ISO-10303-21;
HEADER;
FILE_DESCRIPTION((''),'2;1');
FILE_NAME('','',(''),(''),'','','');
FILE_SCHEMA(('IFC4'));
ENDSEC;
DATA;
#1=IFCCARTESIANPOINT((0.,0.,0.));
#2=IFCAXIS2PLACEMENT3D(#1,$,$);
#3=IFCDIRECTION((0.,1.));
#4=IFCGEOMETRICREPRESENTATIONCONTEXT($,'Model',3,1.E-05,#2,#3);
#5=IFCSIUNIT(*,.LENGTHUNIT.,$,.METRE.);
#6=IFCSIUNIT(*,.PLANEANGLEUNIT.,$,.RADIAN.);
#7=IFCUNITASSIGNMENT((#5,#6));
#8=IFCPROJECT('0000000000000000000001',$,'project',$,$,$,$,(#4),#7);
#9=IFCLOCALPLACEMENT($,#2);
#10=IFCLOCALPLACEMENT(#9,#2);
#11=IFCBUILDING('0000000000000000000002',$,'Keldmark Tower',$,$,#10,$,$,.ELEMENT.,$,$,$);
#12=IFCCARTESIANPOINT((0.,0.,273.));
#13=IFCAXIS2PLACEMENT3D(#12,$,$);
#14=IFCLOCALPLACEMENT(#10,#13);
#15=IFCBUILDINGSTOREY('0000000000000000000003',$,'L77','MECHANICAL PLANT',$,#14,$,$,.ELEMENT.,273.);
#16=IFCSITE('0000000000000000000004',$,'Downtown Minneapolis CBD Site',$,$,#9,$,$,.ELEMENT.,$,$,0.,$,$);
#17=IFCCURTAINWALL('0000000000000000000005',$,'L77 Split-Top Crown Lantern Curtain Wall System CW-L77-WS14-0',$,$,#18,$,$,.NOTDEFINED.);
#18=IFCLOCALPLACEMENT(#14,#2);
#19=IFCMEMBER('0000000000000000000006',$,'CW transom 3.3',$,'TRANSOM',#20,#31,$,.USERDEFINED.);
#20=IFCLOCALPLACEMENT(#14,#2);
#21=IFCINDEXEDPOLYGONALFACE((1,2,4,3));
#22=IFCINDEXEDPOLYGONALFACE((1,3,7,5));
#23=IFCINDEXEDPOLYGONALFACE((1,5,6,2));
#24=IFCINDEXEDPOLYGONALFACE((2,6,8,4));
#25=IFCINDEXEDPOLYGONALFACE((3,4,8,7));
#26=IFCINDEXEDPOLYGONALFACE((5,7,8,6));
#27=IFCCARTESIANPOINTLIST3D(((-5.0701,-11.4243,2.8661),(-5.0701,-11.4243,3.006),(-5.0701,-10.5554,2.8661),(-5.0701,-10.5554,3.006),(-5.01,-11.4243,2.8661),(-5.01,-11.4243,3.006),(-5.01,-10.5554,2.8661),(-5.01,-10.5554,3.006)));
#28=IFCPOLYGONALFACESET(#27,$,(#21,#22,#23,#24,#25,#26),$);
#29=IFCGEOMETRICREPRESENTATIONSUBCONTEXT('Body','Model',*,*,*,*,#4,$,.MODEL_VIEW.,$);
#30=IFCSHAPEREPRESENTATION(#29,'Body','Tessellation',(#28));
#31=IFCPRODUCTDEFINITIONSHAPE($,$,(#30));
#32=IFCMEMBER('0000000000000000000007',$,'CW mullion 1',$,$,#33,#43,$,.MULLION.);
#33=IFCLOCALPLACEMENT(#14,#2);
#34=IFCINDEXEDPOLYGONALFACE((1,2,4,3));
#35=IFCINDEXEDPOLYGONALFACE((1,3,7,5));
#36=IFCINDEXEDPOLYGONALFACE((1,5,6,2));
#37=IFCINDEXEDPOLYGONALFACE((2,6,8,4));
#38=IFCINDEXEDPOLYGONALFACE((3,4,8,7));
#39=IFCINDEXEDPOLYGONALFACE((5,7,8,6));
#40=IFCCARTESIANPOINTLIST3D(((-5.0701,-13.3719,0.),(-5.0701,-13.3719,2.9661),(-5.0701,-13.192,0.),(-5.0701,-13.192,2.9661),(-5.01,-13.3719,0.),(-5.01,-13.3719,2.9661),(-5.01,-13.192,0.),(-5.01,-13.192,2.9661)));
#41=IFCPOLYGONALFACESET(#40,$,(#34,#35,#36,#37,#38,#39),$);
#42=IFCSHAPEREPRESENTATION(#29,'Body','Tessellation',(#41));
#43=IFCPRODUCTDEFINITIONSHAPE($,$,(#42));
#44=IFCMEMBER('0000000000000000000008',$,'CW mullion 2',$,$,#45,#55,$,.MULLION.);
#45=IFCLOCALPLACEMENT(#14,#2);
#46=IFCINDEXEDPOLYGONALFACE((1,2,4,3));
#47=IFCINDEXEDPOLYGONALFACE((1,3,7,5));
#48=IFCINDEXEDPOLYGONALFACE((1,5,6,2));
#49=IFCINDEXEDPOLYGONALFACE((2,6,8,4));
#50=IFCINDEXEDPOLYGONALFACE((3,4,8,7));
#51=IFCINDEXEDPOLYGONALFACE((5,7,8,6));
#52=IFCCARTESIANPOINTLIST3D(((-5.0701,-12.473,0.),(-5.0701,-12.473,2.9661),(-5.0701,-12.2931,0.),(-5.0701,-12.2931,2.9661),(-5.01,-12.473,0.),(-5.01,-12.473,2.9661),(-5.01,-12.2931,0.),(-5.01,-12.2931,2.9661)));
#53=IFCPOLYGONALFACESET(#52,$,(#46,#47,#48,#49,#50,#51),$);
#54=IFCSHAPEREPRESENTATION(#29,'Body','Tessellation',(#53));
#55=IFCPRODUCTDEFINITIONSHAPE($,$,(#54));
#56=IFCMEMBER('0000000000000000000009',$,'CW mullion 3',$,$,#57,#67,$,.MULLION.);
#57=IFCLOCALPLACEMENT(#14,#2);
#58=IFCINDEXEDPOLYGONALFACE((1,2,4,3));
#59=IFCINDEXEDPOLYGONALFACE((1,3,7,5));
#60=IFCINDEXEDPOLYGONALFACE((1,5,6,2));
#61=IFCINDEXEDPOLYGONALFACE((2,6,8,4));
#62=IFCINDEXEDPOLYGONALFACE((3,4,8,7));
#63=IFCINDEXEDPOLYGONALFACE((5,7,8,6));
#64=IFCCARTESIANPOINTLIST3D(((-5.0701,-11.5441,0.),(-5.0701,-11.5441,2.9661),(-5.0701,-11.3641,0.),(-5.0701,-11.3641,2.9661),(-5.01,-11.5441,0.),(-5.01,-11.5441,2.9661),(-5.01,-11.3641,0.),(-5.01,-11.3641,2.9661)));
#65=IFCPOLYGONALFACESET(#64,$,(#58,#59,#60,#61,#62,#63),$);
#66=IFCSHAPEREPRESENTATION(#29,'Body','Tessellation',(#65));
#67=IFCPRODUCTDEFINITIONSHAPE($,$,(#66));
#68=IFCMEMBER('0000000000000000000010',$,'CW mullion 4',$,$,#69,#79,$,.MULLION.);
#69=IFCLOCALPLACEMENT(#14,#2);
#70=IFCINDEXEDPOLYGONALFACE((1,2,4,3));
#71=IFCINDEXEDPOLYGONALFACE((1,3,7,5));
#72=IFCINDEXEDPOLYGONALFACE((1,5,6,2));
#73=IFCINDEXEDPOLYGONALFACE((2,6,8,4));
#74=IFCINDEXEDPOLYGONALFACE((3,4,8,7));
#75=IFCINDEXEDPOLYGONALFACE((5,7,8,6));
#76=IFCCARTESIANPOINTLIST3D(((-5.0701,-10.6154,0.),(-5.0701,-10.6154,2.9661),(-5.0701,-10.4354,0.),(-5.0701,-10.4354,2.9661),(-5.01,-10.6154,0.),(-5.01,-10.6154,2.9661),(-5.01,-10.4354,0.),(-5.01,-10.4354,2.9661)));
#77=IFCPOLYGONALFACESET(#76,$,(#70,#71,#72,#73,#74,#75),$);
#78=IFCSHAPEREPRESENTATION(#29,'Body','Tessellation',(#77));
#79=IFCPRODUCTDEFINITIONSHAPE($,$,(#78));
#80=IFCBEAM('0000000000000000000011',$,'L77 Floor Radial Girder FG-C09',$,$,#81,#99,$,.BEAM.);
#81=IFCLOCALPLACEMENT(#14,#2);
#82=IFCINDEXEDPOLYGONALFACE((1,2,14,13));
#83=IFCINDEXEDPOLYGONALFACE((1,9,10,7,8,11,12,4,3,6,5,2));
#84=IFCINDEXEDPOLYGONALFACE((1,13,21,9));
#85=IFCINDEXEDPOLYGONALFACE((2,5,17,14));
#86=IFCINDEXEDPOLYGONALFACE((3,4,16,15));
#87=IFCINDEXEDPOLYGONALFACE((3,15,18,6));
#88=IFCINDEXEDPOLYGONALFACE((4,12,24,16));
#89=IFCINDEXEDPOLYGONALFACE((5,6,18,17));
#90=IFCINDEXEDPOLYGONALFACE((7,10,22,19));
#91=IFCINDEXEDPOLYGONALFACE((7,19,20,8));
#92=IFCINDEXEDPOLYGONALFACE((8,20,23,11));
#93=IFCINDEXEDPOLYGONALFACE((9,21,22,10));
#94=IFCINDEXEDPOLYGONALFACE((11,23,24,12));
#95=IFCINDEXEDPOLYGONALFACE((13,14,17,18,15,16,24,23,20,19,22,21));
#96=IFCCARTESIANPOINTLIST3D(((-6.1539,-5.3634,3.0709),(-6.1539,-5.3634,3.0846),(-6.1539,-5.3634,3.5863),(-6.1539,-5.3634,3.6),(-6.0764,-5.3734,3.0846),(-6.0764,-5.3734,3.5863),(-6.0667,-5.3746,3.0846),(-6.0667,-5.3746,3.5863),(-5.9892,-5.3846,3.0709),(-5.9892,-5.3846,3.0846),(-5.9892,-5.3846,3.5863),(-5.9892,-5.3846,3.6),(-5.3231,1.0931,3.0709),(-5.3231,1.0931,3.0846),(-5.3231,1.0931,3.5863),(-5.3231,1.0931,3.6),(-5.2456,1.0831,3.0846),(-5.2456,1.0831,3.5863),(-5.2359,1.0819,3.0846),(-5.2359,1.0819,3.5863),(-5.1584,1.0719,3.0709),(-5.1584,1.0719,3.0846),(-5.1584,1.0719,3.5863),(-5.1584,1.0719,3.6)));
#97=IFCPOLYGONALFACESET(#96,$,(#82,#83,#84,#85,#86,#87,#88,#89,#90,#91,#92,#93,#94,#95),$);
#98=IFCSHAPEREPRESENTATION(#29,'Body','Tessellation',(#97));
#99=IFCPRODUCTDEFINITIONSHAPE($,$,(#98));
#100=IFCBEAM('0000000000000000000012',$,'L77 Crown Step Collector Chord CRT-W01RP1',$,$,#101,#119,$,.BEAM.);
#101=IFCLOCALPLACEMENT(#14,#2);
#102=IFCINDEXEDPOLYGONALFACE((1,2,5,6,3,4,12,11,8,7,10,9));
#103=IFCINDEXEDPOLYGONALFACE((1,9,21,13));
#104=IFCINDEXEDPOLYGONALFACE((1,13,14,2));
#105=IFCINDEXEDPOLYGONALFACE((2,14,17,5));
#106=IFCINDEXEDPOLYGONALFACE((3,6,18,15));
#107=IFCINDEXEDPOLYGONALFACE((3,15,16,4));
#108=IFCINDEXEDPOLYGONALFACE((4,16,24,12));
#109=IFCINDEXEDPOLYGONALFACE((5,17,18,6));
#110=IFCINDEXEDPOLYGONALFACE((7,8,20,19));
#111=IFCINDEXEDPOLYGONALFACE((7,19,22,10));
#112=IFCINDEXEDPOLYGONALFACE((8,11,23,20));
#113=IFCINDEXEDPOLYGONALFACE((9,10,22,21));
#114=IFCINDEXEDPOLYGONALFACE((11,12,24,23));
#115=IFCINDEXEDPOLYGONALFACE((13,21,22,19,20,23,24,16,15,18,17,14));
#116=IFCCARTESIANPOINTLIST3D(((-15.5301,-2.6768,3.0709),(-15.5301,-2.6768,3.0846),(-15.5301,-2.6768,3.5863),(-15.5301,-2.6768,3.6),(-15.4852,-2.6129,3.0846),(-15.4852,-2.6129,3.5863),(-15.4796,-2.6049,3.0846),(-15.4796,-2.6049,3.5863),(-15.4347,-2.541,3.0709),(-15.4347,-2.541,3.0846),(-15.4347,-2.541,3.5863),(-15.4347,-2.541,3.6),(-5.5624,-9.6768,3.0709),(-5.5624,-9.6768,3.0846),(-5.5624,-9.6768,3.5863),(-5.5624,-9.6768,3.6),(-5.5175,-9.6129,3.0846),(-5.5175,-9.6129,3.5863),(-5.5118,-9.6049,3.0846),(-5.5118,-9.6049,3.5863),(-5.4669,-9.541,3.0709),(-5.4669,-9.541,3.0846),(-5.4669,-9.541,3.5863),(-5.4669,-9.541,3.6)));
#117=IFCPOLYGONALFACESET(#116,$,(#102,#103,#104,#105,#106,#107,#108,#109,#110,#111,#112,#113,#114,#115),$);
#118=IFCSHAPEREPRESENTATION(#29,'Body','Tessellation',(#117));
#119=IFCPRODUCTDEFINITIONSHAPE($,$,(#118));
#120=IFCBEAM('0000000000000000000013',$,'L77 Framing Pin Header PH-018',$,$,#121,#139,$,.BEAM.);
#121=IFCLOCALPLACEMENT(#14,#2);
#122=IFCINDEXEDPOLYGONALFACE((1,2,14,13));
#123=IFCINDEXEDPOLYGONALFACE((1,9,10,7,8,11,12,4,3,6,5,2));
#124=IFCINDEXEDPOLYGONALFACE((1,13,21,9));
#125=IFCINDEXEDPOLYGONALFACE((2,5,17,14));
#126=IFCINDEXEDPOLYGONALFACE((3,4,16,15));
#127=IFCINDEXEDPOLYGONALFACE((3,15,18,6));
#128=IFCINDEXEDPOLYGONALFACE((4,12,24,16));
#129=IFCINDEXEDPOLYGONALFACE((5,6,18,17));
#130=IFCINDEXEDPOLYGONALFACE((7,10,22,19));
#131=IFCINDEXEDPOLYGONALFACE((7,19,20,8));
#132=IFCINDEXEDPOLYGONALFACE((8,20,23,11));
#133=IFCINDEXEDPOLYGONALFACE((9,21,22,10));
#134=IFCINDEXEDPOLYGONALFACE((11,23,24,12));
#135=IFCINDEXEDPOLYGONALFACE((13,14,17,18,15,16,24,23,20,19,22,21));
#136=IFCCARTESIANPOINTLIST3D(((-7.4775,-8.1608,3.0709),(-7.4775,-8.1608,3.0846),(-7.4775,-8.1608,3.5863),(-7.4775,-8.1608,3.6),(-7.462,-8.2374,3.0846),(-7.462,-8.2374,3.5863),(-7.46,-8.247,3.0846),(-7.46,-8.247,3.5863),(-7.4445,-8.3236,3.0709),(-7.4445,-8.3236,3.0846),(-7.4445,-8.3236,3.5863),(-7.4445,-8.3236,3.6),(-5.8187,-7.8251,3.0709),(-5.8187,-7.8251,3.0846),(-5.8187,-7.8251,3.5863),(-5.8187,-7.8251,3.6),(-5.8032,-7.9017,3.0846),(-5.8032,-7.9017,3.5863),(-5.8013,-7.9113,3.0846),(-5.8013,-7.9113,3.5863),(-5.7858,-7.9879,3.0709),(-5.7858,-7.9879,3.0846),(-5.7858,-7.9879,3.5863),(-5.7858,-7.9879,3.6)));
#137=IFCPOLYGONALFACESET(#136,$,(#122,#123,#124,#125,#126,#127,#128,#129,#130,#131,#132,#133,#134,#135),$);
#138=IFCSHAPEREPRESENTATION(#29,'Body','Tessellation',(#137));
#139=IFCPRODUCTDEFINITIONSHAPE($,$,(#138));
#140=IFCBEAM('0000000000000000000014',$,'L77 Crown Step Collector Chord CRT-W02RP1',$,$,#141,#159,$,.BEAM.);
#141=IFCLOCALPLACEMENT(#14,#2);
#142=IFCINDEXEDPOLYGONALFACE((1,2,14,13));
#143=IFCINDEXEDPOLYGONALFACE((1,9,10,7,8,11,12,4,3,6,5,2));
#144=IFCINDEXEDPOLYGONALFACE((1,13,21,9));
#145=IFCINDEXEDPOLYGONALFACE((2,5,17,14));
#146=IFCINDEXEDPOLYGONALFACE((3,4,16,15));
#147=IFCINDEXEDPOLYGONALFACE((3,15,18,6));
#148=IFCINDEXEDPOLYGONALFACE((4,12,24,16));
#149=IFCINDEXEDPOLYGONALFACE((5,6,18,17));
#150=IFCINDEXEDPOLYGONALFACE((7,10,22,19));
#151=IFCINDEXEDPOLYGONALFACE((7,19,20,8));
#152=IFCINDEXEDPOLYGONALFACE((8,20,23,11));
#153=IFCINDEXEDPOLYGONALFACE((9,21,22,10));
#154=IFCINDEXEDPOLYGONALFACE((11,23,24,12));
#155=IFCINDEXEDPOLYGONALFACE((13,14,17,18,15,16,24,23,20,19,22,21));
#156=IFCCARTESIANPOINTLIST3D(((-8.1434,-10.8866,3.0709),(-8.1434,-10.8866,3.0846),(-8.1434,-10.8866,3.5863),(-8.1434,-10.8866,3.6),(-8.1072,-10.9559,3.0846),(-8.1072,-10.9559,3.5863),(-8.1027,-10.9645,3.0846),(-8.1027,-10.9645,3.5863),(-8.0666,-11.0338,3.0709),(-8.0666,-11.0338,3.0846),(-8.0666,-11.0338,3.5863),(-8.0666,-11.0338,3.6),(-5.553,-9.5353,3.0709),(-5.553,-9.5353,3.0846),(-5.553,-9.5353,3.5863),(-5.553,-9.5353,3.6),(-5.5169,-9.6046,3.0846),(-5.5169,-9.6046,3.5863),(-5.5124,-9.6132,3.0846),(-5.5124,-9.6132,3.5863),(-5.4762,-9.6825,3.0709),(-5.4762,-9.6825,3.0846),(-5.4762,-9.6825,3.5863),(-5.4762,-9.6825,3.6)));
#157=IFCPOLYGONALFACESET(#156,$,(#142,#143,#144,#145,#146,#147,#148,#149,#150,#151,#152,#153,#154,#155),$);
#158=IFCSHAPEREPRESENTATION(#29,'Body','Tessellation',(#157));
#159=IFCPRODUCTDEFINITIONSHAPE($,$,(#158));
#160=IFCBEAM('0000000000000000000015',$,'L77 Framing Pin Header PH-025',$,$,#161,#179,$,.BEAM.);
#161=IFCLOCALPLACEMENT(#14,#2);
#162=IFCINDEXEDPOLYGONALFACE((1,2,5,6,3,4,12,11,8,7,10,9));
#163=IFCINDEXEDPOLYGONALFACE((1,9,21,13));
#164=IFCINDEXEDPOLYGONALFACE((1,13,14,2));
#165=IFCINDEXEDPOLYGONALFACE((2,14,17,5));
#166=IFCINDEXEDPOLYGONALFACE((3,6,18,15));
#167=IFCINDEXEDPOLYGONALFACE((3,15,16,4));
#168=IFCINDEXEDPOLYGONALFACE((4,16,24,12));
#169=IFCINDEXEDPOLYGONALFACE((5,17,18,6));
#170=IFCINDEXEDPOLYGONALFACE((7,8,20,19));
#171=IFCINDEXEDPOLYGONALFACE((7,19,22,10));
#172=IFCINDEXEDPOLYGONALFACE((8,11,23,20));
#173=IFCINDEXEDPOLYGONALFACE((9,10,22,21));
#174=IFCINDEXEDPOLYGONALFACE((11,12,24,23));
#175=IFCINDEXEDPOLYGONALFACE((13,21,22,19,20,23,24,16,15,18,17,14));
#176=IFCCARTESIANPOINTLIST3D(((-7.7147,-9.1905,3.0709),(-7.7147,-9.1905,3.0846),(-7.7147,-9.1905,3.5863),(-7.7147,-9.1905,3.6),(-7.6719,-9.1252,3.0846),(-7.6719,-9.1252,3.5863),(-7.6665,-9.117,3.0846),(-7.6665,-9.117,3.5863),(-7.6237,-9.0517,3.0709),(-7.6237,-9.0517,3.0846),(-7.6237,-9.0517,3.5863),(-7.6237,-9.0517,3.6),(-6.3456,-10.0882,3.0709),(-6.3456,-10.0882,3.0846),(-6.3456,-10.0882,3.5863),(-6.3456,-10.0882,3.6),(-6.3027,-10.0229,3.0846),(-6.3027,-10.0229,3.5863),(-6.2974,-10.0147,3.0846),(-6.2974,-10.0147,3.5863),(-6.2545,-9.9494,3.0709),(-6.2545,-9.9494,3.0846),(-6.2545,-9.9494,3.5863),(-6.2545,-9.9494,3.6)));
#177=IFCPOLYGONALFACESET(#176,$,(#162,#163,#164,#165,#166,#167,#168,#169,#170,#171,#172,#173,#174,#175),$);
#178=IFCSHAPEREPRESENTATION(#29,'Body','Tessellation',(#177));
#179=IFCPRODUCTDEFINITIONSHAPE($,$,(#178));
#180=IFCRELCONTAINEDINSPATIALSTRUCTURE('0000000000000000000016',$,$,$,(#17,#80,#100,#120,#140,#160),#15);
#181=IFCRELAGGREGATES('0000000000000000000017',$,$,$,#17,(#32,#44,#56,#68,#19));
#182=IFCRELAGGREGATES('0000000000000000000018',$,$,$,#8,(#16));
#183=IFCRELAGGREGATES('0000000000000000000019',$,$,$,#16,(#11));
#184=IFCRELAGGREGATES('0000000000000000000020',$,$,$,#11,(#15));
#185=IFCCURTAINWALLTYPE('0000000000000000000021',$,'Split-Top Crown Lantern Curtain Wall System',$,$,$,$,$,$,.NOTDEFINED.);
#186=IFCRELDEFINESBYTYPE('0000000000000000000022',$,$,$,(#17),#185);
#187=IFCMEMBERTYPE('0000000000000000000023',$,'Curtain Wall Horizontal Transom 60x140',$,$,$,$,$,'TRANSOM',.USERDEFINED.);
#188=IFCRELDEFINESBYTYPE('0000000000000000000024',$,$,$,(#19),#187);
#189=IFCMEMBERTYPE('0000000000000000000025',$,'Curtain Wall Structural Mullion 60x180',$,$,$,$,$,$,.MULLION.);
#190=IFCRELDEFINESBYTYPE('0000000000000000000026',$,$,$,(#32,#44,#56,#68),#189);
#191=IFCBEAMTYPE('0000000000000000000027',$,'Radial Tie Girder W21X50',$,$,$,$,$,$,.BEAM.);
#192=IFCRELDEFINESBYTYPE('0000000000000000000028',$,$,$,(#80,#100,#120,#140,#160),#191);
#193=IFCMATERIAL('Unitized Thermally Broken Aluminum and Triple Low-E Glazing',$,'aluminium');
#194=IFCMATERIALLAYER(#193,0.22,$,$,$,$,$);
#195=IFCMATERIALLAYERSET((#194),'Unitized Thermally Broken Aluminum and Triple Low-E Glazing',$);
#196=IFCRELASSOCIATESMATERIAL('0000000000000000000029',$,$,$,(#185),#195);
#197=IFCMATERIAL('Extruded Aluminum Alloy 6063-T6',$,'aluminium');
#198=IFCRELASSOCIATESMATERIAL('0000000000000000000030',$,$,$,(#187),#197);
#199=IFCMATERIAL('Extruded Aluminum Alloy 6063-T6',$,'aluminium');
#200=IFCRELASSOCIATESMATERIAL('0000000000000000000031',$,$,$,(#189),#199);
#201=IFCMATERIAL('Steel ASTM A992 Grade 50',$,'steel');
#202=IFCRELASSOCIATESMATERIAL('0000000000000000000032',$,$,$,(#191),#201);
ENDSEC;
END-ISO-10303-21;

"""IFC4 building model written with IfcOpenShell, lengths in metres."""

from ifc_helpers import new_model, si_unit, direction, frame, origin, origin_2d, place, context, subcontext, project, spatial, rectangle, i_section, extrude, material, layer, layer_set, material_profile, profile_set, type_object, element, aggregate, save


model = new_model("IFC4")

# Units and contexts
model_context = context("Model", 3, precision=1e-05, world=origin(), true_north=direction((0.0, 1.0)))
body_context = subcontext(model_context, "Body", "Model", "MODEL_VIEW")
ifc_project = project(units=[si_unit("LENGTHUNIT", "METRE"), si_unit("PLANEANGLEUNIT", "RADIAN")], contexts=[model_context])

# Site, building, storey
site_placement = place(None, origin())
site = spatial("IfcSite", under=ifc_project, at=site_placement, Name="Downtown Minneapolis CBD Site", CompositionType="ELEMENT", RefElevation=0.0)
building_placement = place(site_placement, origin())
building = spatial("IfcBuilding", under=site, at=building_placement, Name="Keldmark Tower", CompositionType="ELEMENT")
storey_placement = place(building_placement, frame((0.0, 0.0, 273.0)))
storey = spatial("IfcBuildingStorey", under=building, at=storey_placement, Name="L77", Description="MECHANICAL PLANT", CompositionType="ELEMENT", Elevation=273.0)

# Curtain wall, members
ifc_material_1 = material(Name="Unitized Thermally Broken Aluminum and Triple Low-E Glazing", Category="aluminium")
ifc_layer_1 = layer(ifc_material_1, 0.22)
ifc_layer_set_1 = layer_set([ifc_layer_1], Name="Unitized Thermally Broken Aluminum and Triple Low-E Glazing")
curtain_wall_type = type_object("IfcCurtainWallType", Name="Split-Top Crown Lantern Curtain Wall System", PredefinedType="NOTDEFINED", material=ifc_layer_set_1)
curtain_wall_placement = place(storey_placement, origin())
curtain_wall = element("IfcCurtainWall", 1, at=curtain_wall_placement, inside=storey, type_object=curtain_wall_type, Name="L77 Split-Top Crown Lantern Curtain Wall System CW-L77-WS14-0", PredefinedType="NOTDEFINED")
ifc_material_2 = material(Name="Extruded Aluminum Alloy 6063-T6", Category="aluminium")
ifc_material_profile_1 = material_profile(ifc_material_2, rectangle(XDim=0.0601, YDim=0.1399, at=origin_2d()), Name="CWT60X140")
ifc_profile_set_1 = profile_set([ifc_material_profile_1], Name="Extruded Aluminum Alloy 6063-T6")
member_type_1 = type_object("IfcMemberType", Name="Curtain Wall Horizontal Transom 60x140", ElementType="TRANSOM", PredefinedType="USERDEFINED", material=ifc_profile_set_1)
member_1_placement = place(storey_placement, frame((-5.04, -11.4243, 2.936), z_axis=(0.0, 1.0, 0.0), x_axis=(-1.0, 0.0, 0.0)))
member_1 = element("IfcMember", 2, at=member_1_placement, type_object=member_type_1, Name="CW transom 3.3", ObjectType="TRANSOM", PredefinedType="USERDEFINED", context=body_context, shape_type="SweptSolid", body=[
    extrude(rectangle(XDim=0.0601, YDim=0.1399, at=origin_2d()), origin(), (0.0, 0.0, 1.0), 0.8689),
])
ifc_material_3 = material(Name="Extruded Aluminum Alloy 6063-T6", Category="aluminium")
ifc_material_profile_2 = material_profile(ifc_material_3, rectangle(XDim=0.0601, YDim=0.1799, at=origin_2d()), Name="CWM60X180")
ifc_profile_set_2 = profile_set([ifc_material_profile_2], Name="Extruded Aluminum Alloy 6063-T6")
member_type_2 = type_object("IfcMemberType", Name="Curtain Wall Structural Mullion 60x180", PredefinedType="MULLION", material=ifc_profile_set_2)
member_2_placement = place(storey_placement, frame((-5.04, -13.282, 0.0), z_axis=(0.0, 0.0, 1.0), x_axis=(-1.0, 0.0, 0.0)))
member_2 = element("IfcMember", 3, at=member_2_placement, type_object=member_type_2, Name="CW mullion 1", PredefinedType="MULLION", context=body_context, shape_type="SweptSolid", body=[
    extrude(rectangle(XDim=0.0601, YDim=0.1799, at=origin_2d()), origin(), (0.0, 0.0, 1.0), 2.9661),
])
member_3_placement = place(storey_placement, frame((-5.04, -12.3831, 0.0), z_axis=(0.0, 0.0, 1.0), x_axis=(-1.0, 0.0, 0.0)))
member_3 = element("IfcMember", 4, at=member_3_placement, type_object=member_type_2, Name="CW mullion 2", PredefinedType="MULLION", context=body_context, shape_type="SweptSolid", body=[
    extrude(rectangle(XDim=0.0601, YDim=0.1799, at=origin_2d()), origin(), (0.0, 0.0, 1.0), 2.9661),
])
member_4_placement = place(storey_placement, frame((-5.04, -11.4541, 0.0), z_axis=(0.0, 0.0, 1.0), x_axis=(-1.0, 0.0, 0.0)))
member_4 = element("IfcMember", 5, at=member_4_placement, type_object=member_type_2, Name="CW mullion 3", PredefinedType="MULLION", context=body_context, shape_type="SweptSolid", body=[
    extrude(rectangle(XDim=0.0601, YDim=0.1799, at=origin_2d()), origin(), (0.0, 0.0, 1.0), 2.9661),
])
member_5_placement = place(storey_placement, frame((-5.04, -10.5254, 0.0), z_axis=(0.0, 0.0, 1.0), x_axis=(-1.0, 0.0, 0.0)))
member_5 = element("IfcMember", 6, at=member_5_placement, type_object=member_type_2, Name="CW mullion 4", PredefinedType="MULLION", context=body_context, shape_type="SweptSolid", body=[
    extrude(rectangle(XDim=0.0601, YDim=0.1799, at=origin_2d()), origin(), (0.0, 0.0, 1.0), 2.9661),
])

# Beams
ifc_material_4 = material(Name="Steel ASTM A992 Grade 50", Category="steel")
ifc_material_profile_3 = material_profile(ifc_material_4, i_section(OverallWidth=0.166, OverallDepth=0.5291, WebThickness=0.0098, FlangeThickness=0.0137, at=origin_2d()), Name="W21X50")
ifc_profile_set_3 = profile_set([ifc_material_profile_3], Name="Steel ASTM A992 Grade 50")
beam_type_1 = type_object("IfcBeamType", Name="Radial Tie Girder W21X50", PredefinedType="BEAM", material=ifc_profile_set_3)
beam_1_placement = place(storey_placement, frame((-6.0715, -5.374, 3.3354), z_axis=(0.127625, 0.991822, 0.0), x_axis=(-0.991822, 0.127625, 0.0)))
element("IfcBeam", 7, at=beam_1_placement, inside=storey, type_object=beam_type_1, Name="L77 Floor Radial Girder FG-C09", PredefinedType="BEAM", context=body_context, shape_type="SweptSolid", body=[
    extrude(i_section(OverallWidth=0.166, OverallDepth=0.5291, WebThickness=0.0098, FlangeThickness=0.0137, at=origin_2d()), origin(), (0.0, 0.0, 1.0), 6.5098),
])
beam_2_placement = place(storey_placement, frame((-5.5146, -9.6089, 3.3354), z_axis=(-0.818361, 0.574705, 0.0), x_axis=(-0.574705, -0.818361, 0.0)))
element("IfcBeam", 8, at=beam_2_placement, inside=storey, type_object=beam_type_1, Name="L77 Crown Step Collector Chord CRT-W01RP1", PredefinedType="BEAM", context=body_context, shape_type="SweptSolid", body=[
    extrude(i_section(OverallWidth=0.166, OverallDepth=0.5291, WebThickness=0.0098, FlangeThickness=0.0137, at=origin_2d()), origin(), (0.0, 0.0, 1.0), 12.1802),
])
beam_3_placement = place(storey_placement, frame((-5.8022, -7.9065, 3.3354), z_axis=(-0.980129, -0.198363, 0.0), x_axis=(0.198363, -0.980129, 0.0)))
element("IfcBeam", 9, at=beam_3_placement, inside=storey, type_object=beam_type_1, Name="L77 Framing Pin Header PH-018", PredefinedType="BEAM", context=body_context, shape_type="SweptSolid", body=[
    extrude(i_section(OverallWidth=0.166, OverallDepth=0.5291, WebThickness=0.0098, FlangeThickness=0.0137, at=origin_2d()), origin(), (0.0, 0.0, 1.0), 1.6924),
])
beam_4_placement = place(storey_placement, frame((-8.105, -10.9602, 3.3354), z_axis=(0.886607, 0.462523, 0.0), x_axis=(-0.462523, 0.886607, 0.0)))
element("IfcBeam", 10, at=beam_4_placement, inside=storey, type_object=beam_type_1, Name="L77 Crown Step Collector Chord CRT-W02RP1", PredefinedType="BEAM", context=body_context, shape_type="SweptSolid", body=[
    extrude(i_section(OverallWidth=0.166, OverallDepth=0.5291, WebThickness=0.0098, FlangeThickness=0.0137, at=origin_2d()), origin(), (0.0, 0.0, 1.0), 2.9216),
])
beam_5_placement = place(storey_placement, frame((-7.6692, -9.1211, 3.3354), z_axis=(0.83627, -0.548318, 0.0), x_axis=(0.548318, 0.83627, 0.0)))
element("IfcBeam", 11, at=beam_5_placement, inside=storey, type_object=beam_type_1, Name="L77 Framing Pin Header PH-025", PredefinedType="BEAM", context=body_context, shape_type="SweptSolid", body=[
    extrude(i_section(OverallWidth=0.166, OverallDepth=0.5291, WebThickness=0.0098, FlangeThickness=0.0137, at=origin_2d()), origin(), (0.0, 0.0, 1.0), 1.6372),
])

aggregate(curtain_wall, [member_2, member_3, member_4, member_5, member_1])

save(model, "model.ifc")
